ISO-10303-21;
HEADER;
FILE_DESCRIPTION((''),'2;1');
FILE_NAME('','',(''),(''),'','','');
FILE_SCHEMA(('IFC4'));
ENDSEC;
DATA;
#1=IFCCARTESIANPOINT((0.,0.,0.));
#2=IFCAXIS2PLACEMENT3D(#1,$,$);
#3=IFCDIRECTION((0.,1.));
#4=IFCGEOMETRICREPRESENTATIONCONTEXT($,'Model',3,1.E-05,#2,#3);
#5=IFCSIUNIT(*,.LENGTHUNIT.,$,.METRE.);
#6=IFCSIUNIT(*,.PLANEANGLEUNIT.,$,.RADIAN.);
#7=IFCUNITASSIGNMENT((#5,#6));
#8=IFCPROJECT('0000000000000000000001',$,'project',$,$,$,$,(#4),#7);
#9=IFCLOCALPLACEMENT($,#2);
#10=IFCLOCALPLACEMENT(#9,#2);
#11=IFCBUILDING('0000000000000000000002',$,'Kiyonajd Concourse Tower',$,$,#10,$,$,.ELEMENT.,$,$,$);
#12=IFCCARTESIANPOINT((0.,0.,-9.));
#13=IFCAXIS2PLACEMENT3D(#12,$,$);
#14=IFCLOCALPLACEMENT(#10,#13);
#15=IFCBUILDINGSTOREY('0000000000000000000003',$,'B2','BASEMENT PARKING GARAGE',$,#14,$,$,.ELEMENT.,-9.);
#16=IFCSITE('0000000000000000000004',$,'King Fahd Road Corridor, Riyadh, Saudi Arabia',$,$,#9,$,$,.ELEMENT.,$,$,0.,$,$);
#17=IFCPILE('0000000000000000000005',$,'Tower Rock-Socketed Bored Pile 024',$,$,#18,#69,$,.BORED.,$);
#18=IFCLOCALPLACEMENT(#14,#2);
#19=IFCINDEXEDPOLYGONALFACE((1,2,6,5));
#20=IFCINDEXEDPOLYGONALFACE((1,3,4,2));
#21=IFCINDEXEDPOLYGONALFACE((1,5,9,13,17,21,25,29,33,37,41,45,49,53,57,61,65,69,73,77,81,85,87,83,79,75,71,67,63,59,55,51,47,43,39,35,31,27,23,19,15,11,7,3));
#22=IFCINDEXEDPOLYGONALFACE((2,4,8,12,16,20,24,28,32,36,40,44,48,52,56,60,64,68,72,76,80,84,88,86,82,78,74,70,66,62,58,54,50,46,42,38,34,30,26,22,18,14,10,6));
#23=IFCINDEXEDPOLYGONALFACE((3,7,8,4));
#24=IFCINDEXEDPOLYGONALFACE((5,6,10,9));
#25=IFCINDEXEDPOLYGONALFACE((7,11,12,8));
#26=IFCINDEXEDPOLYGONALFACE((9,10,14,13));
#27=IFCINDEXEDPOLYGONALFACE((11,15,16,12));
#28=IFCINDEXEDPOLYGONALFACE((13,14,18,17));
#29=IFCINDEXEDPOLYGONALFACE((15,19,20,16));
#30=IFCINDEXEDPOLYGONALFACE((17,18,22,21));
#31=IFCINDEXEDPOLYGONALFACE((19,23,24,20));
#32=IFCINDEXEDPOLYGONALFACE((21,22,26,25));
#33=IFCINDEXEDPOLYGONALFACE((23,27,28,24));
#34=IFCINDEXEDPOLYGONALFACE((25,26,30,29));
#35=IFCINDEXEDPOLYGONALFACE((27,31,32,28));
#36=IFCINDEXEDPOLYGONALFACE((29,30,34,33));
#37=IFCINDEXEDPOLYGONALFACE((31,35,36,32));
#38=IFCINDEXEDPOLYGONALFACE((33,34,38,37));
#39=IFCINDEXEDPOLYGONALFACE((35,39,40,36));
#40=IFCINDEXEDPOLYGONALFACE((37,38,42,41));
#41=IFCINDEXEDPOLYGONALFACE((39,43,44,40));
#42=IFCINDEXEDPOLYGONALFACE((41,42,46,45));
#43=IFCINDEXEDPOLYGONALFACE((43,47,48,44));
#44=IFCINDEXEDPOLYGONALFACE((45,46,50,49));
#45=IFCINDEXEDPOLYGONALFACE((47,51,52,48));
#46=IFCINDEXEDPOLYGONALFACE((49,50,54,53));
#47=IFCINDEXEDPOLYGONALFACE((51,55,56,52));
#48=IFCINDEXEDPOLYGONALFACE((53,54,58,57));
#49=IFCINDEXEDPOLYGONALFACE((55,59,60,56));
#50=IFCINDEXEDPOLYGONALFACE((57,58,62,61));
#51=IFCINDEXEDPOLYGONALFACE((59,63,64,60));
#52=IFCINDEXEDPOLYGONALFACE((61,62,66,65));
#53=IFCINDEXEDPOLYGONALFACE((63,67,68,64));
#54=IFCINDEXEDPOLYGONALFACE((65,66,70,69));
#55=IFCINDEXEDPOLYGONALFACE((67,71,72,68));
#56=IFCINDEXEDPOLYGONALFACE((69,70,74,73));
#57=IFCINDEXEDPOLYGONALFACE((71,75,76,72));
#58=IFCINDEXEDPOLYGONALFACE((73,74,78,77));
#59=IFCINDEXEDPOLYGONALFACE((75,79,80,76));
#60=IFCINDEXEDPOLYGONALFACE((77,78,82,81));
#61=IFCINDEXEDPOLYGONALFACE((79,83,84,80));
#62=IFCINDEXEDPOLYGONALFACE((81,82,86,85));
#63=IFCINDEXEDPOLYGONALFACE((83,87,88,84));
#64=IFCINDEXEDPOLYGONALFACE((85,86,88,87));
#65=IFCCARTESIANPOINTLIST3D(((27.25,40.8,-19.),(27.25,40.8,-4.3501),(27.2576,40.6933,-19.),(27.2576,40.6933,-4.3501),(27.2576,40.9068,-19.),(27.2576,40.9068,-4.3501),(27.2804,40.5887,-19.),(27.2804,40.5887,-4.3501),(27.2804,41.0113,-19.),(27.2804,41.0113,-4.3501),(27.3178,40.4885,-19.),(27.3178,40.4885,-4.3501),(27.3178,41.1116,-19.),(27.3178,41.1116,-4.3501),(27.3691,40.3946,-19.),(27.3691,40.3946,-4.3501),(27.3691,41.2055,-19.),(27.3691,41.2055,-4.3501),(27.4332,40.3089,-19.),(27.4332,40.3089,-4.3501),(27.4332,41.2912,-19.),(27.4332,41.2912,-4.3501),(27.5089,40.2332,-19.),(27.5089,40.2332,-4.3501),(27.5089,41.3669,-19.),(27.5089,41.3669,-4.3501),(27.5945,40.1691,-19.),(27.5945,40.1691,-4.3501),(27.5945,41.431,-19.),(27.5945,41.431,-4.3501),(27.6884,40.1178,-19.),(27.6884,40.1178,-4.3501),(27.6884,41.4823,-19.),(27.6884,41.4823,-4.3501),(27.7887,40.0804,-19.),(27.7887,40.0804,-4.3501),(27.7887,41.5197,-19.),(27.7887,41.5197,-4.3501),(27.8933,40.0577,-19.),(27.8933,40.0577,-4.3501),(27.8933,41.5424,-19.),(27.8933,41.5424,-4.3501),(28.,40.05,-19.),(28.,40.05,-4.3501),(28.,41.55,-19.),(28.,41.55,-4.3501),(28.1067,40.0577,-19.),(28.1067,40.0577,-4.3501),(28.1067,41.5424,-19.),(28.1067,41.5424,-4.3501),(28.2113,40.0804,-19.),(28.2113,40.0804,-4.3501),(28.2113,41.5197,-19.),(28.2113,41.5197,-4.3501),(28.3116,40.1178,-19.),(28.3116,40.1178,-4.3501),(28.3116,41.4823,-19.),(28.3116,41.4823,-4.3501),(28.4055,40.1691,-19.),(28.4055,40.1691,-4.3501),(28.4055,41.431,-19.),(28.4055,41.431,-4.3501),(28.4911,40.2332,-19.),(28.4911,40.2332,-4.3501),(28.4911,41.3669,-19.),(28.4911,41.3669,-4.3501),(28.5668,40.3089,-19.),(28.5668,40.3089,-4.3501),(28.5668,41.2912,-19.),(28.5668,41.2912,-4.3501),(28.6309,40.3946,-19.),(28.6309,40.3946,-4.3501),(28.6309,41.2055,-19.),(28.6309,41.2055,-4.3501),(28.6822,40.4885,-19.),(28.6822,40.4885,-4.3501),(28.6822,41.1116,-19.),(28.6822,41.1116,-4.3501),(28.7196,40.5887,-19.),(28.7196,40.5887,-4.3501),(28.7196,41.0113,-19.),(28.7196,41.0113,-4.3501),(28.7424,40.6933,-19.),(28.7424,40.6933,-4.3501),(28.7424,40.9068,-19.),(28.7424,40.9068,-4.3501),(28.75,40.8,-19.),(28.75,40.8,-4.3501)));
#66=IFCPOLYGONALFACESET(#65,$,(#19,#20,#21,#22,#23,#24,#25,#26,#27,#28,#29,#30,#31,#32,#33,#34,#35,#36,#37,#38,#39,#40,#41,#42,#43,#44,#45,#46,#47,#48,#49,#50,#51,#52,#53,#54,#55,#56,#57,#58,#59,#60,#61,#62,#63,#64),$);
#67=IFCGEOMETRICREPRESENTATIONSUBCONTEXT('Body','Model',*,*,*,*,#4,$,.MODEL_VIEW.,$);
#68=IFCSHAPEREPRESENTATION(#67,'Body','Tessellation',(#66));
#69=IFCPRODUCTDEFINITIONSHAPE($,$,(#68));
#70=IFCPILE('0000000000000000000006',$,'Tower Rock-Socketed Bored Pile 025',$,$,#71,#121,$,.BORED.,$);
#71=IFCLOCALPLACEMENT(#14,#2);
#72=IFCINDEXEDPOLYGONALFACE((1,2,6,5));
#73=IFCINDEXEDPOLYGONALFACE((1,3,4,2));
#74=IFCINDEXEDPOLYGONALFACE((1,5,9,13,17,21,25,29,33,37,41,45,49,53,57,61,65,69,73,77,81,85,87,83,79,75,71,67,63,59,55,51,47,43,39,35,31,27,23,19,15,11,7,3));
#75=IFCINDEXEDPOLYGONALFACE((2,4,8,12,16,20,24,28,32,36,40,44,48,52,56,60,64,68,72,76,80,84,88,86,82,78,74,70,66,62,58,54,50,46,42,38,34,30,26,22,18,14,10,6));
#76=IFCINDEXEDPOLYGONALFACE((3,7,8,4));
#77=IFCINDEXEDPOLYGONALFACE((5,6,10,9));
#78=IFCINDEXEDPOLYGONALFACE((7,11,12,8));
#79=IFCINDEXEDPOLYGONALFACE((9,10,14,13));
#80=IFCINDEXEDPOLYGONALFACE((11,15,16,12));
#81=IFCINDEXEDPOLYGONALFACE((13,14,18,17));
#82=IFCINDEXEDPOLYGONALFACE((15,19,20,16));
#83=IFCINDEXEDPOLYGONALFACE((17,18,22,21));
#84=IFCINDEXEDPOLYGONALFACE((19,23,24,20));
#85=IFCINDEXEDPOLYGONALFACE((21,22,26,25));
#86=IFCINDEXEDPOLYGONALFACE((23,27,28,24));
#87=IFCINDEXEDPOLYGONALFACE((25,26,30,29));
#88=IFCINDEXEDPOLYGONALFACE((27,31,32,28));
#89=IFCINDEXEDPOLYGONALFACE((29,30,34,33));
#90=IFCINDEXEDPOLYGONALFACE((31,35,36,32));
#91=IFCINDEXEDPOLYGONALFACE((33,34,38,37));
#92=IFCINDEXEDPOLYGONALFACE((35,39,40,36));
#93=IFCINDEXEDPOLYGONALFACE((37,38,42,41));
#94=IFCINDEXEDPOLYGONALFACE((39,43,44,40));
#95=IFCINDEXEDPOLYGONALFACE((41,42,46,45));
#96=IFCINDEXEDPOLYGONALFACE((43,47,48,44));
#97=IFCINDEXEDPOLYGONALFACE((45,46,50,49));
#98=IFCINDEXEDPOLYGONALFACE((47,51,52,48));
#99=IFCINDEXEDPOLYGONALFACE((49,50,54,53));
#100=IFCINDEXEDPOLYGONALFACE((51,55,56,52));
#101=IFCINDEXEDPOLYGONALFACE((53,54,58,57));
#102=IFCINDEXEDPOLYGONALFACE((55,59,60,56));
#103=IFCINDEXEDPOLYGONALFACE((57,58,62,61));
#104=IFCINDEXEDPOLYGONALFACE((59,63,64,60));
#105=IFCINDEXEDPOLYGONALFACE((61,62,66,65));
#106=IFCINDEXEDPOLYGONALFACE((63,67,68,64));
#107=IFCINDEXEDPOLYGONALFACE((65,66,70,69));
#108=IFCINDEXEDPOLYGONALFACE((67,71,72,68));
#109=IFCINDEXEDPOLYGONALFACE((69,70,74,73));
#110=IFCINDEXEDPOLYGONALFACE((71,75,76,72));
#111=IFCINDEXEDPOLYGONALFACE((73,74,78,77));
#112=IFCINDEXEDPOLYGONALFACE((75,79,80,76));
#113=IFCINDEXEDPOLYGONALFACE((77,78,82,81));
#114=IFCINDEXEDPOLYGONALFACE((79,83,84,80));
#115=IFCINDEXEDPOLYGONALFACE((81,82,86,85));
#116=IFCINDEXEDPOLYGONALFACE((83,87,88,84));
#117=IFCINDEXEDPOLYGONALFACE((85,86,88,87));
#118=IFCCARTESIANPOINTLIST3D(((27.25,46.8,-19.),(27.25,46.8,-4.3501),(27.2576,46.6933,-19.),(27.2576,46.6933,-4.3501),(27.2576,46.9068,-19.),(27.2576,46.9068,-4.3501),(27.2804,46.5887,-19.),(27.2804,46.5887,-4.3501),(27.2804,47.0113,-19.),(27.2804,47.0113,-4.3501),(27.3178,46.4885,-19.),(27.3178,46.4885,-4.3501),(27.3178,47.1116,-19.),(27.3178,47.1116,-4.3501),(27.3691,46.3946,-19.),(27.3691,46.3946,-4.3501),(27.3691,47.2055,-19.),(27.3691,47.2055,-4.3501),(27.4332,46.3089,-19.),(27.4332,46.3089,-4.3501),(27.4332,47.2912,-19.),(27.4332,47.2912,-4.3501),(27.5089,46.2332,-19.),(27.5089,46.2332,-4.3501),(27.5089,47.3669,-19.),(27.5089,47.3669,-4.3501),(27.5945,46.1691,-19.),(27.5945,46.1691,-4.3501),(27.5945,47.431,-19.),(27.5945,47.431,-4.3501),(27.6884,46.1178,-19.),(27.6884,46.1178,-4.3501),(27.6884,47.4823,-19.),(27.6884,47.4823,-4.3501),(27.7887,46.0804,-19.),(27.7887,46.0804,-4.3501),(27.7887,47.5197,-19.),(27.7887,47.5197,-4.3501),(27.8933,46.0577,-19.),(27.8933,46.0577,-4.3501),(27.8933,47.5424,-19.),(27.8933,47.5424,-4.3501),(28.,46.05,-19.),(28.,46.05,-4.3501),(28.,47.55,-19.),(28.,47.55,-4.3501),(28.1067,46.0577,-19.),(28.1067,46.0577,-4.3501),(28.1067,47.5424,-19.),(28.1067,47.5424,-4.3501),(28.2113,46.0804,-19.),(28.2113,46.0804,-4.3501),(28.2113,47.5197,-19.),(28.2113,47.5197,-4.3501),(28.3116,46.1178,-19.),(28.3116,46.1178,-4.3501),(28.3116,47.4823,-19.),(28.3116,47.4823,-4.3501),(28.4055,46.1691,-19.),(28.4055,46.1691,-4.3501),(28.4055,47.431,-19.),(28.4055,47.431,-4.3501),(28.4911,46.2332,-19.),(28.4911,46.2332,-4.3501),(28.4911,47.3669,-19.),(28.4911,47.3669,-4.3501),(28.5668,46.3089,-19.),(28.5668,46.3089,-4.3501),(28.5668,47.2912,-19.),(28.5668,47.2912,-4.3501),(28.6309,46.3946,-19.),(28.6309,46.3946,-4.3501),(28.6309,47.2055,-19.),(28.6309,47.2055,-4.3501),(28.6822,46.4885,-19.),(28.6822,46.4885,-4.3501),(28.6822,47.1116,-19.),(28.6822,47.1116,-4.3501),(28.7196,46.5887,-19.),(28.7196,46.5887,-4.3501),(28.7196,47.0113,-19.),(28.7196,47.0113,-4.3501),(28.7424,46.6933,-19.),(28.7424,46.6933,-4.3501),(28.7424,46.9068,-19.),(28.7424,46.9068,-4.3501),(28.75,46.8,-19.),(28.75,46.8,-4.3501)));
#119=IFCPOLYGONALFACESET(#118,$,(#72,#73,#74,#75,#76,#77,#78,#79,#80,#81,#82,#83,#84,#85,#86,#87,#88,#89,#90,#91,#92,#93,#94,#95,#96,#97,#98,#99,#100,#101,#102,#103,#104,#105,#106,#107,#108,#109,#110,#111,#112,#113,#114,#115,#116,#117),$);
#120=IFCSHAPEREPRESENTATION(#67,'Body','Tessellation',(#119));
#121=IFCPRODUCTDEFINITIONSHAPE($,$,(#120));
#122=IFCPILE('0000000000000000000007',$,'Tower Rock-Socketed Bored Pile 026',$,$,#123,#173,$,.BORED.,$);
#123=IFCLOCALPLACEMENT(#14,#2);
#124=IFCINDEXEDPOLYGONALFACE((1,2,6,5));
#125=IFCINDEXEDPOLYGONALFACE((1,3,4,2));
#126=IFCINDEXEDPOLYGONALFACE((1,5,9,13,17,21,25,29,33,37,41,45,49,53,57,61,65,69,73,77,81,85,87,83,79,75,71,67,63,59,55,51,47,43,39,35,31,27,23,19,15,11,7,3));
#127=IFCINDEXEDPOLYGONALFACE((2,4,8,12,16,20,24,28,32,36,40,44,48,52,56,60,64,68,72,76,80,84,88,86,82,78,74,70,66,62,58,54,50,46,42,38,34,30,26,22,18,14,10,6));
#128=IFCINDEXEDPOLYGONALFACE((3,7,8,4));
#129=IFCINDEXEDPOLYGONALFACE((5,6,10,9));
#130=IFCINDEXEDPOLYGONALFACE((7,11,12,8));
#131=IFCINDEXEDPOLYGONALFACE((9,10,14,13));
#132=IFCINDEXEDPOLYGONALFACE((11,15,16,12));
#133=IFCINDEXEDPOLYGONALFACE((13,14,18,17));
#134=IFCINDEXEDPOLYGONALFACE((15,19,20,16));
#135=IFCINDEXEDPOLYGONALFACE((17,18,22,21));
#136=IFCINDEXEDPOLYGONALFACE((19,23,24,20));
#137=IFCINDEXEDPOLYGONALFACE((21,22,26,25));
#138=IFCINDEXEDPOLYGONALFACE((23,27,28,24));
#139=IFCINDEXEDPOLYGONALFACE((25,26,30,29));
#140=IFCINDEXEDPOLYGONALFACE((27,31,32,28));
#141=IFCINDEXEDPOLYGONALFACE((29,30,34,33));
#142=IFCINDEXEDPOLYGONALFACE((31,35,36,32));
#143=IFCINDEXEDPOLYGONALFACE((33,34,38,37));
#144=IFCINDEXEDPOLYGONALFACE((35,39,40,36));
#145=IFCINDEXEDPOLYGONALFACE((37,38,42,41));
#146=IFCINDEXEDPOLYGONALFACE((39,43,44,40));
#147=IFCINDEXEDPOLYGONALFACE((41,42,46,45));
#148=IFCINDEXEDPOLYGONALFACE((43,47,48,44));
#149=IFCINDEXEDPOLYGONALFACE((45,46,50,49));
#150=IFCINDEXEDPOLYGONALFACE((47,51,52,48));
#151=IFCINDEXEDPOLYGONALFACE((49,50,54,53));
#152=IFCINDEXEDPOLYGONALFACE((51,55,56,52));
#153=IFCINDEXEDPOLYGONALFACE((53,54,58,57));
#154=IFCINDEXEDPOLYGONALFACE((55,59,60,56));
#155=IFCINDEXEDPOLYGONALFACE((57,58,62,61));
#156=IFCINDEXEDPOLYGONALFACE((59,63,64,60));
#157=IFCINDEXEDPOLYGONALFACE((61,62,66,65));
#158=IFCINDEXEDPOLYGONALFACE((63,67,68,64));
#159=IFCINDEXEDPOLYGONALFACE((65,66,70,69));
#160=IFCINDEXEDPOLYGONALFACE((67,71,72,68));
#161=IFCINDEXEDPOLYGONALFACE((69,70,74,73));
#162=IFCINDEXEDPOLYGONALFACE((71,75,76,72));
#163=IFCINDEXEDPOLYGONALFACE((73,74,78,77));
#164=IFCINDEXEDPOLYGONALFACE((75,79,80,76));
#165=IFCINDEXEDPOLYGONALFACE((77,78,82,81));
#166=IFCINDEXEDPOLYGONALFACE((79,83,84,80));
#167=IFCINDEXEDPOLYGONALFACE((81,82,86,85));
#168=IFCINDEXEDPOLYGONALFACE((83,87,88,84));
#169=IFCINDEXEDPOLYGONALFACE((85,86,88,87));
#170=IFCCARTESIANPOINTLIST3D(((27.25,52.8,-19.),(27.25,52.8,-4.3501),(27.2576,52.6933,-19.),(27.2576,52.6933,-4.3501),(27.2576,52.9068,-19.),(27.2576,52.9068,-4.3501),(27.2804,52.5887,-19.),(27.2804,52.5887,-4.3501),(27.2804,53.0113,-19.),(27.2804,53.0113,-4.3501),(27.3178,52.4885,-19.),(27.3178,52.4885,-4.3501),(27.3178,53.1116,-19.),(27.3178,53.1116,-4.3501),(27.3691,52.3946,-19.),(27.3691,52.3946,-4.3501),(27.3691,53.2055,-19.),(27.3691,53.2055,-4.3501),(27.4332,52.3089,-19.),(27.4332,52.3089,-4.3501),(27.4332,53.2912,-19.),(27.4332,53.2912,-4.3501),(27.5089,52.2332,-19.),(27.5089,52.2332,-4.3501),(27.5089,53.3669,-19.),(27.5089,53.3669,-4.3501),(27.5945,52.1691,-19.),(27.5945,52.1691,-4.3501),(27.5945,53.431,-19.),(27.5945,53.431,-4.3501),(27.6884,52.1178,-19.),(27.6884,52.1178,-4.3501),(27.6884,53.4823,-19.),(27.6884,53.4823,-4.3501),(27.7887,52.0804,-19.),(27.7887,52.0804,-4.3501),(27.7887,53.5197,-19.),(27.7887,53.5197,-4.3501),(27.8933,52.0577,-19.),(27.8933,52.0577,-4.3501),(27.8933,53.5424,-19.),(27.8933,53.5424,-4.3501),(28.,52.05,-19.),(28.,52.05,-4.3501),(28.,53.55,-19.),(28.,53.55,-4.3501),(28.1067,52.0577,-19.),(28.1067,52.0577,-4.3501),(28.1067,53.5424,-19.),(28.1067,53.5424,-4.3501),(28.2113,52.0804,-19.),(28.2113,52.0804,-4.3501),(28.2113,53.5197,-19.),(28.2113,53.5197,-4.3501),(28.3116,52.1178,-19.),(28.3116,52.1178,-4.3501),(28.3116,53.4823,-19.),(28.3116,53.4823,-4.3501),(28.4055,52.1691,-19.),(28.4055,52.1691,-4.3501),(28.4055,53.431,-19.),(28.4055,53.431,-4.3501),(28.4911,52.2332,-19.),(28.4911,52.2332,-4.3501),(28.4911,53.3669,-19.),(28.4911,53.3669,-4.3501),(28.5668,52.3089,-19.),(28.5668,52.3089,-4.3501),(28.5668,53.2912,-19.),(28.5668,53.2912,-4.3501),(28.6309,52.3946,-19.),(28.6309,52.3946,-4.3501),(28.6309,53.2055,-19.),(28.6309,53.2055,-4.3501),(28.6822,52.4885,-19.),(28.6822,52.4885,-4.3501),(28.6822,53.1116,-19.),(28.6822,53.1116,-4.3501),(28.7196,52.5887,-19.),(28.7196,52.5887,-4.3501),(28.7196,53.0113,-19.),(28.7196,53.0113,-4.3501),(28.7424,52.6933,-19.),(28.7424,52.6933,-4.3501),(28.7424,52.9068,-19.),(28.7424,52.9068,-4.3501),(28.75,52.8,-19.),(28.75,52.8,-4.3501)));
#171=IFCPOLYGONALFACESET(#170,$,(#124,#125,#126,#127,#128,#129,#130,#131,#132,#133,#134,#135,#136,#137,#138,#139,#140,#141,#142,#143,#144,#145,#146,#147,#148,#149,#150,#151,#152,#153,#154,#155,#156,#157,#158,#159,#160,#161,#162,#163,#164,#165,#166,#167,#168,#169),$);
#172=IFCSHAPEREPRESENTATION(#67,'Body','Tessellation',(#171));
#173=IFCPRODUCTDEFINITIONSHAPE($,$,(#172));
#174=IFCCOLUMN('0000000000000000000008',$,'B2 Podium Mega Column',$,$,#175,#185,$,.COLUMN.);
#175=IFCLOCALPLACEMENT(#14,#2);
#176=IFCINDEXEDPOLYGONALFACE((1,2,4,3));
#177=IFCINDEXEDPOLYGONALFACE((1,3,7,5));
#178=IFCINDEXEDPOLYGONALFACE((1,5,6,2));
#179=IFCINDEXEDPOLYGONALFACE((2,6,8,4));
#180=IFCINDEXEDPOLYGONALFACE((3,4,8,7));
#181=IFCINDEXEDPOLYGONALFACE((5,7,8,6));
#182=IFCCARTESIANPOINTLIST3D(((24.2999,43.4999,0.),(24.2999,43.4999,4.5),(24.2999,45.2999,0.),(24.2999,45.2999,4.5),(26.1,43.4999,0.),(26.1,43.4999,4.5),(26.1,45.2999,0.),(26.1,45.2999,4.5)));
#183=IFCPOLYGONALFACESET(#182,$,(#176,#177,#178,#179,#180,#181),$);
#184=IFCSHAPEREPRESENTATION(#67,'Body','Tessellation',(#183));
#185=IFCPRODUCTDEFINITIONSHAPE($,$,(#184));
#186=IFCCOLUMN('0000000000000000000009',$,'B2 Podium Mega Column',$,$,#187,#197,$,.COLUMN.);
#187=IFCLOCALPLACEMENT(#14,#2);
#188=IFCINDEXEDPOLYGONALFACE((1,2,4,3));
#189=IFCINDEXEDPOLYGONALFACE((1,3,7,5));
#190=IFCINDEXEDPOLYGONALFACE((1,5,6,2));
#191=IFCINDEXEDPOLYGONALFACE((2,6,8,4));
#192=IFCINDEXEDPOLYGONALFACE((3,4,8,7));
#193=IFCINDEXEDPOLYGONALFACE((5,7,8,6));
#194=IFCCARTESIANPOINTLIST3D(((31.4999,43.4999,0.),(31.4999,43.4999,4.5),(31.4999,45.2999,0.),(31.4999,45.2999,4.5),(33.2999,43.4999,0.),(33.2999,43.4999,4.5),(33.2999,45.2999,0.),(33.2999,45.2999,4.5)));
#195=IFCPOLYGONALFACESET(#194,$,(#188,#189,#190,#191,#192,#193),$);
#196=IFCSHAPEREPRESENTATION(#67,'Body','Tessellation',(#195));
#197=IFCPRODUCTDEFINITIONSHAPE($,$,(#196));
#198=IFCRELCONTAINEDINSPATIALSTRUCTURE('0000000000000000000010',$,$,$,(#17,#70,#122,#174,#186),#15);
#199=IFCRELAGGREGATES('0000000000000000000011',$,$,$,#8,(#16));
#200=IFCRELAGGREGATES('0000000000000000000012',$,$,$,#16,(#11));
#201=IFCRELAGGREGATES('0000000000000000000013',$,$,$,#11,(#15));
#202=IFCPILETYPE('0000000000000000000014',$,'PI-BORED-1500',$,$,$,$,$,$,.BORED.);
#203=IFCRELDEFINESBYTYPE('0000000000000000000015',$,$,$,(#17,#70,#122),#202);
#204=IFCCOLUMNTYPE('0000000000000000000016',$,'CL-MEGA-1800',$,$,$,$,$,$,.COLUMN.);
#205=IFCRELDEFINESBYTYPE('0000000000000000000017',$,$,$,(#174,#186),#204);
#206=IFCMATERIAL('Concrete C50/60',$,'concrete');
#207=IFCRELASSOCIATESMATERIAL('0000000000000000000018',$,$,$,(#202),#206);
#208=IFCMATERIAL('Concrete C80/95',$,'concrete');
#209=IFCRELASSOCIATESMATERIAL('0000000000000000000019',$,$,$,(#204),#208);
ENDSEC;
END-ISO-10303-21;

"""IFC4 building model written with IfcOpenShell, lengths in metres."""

from ifc_helpers import new_model, si_unit, direction, frame, origin, origin_2d, place, context, subcontext, project, spatial, rectangle, circle, extrude, material, material_profile, profile_set, type_object, element, save


model = new_model("IFC4")

# Units and contexts
model_context = context("Model", 3, precision=1e-05, world=origin(), true_north=direction((0.0, 1.0)))
body_context = subcontext(model_context, "Body", "Model", "MODEL_VIEW")
ifc_project = project(units=[si_unit("LENGTHUNIT", "METRE"), si_unit("PLANEANGLEUNIT", "RADIAN")], contexts=[model_context])

# Site, building, storey
site_placement = place(None, origin())
site = spatial("IfcSite", under=ifc_project, at=site_placement, Name="King Fahd Road Corridor, Riyadh, Saudi Arabia", CompositionType="ELEMENT", RefElevation=0.0)
building_placement = place(site_placement, origin())
building = spatial("IfcBuilding", under=site, at=building_placement, Name="Kiyonajd Concourse Tower", CompositionType="ELEMENT")
storey_placement = place(building_placement, frame((0.0, 0.0, -9.0)))
storey = spatial("IfcBuildingStorey", under=building, at=storey_placement, Name="B2", Description="BASEMENT PARKING GARAGE", CompositionType="ELEMENT", Elevation=-9.0)

# Shared definitions
ifc_material_1 = material(Name="Concrete C50/60", Category="concrete")

# Piles
ifc_material_profile_1 = material_profile(ifc_material_1, circle(Radius=0.75, at=origin_2d()), Name="PILE-D1500")
ifc_profile_set_1 = profile_set([ifc_material_profile_1], Name="Concrete C50/60")
pile_type = type_object("IfcPileType", Name="PI-BORED-1500", PredefinedType="BORED", material=ifc_profile_set_1)
for number, where, z_axis, x_axis, name in (
    (1, (28.0, 40.8, -4.3501), (0.0, 0.0, -1.0), (1.0, 0.0, 0.0), "Tower Rock-Socketed Bored Pile 024"),
    (2, (28.0, 46.8, -4.3501), (0.0, 0.0, -1.0), (1.0, 0.0, 0.0), "Tower Rock-Socketed Bored Pile 025"),
    (3, (28.0, 52.8, -4.3501), (0.0, 0.0, -1.0), (1.0, 0.0, 0.0), "Tower Rock-Socketed Bored Pile 026"),
):
    element("IfcPile", number, at=place(storey_placement, frame(where, z_axis=z_axis, x_axis=x_axis)), inside=storey, type_object=pile_type, Name=name, PredefinedType="BORED", context=body_context, shape_type="SweptSolid", body=[
        extrude(circle(Radius=0.75, at=origin_2d()), origin(), (0.0, 0.0, 1.0), 14.6499),
    ])

# Columns
ifc_material_2 = material(Name="Concrete C80/95", Category="concrete")
ifc_material_profile_2 = material_profile(ifc_material_2, rectangle(XDim=1.8, YDim=1.8, at=origin_2d()), Name="RC-1800x1800")
ifc_profile_set_2 = profile_set([ifc_material_profile_2], Name="Concrete C80/95")
column_type = type_object("IfcColumnType", Name="CL-MEGA-1800", PredefinedType="COLUMN", material=ifc_profile_set_2)
for number, where, z_axis, x_axis, name in (
    (4, (25.2, 44.3999, 0.0), (0.0, 0.0, 1.0), (1.0, 0.0, 0.0), "B2 Podium Mega Column"),
    (5, (32.3999, 44.3999, 0.0), (0.0, 0.0, 1.0), (1.0, 0.0, 0.0), "B2 Podium Mega Column"),
):
    element("IfcColumn", number, at=place(storey_placement, frame(where, z_axis=z_axis, x_axis=x_axis)), inside=storey, type_object=column_type, Name=name, PredefinedType="COLUMN", context=body_context, shape_type="SweptSolid", body=[
        extrude(rectangle(XDim=1.8, YDim=1.8, at=origin_2d()), origin(), (0.0, 0.0, 1.0), 4.5),
    ])

save(model, "model.ifc")
